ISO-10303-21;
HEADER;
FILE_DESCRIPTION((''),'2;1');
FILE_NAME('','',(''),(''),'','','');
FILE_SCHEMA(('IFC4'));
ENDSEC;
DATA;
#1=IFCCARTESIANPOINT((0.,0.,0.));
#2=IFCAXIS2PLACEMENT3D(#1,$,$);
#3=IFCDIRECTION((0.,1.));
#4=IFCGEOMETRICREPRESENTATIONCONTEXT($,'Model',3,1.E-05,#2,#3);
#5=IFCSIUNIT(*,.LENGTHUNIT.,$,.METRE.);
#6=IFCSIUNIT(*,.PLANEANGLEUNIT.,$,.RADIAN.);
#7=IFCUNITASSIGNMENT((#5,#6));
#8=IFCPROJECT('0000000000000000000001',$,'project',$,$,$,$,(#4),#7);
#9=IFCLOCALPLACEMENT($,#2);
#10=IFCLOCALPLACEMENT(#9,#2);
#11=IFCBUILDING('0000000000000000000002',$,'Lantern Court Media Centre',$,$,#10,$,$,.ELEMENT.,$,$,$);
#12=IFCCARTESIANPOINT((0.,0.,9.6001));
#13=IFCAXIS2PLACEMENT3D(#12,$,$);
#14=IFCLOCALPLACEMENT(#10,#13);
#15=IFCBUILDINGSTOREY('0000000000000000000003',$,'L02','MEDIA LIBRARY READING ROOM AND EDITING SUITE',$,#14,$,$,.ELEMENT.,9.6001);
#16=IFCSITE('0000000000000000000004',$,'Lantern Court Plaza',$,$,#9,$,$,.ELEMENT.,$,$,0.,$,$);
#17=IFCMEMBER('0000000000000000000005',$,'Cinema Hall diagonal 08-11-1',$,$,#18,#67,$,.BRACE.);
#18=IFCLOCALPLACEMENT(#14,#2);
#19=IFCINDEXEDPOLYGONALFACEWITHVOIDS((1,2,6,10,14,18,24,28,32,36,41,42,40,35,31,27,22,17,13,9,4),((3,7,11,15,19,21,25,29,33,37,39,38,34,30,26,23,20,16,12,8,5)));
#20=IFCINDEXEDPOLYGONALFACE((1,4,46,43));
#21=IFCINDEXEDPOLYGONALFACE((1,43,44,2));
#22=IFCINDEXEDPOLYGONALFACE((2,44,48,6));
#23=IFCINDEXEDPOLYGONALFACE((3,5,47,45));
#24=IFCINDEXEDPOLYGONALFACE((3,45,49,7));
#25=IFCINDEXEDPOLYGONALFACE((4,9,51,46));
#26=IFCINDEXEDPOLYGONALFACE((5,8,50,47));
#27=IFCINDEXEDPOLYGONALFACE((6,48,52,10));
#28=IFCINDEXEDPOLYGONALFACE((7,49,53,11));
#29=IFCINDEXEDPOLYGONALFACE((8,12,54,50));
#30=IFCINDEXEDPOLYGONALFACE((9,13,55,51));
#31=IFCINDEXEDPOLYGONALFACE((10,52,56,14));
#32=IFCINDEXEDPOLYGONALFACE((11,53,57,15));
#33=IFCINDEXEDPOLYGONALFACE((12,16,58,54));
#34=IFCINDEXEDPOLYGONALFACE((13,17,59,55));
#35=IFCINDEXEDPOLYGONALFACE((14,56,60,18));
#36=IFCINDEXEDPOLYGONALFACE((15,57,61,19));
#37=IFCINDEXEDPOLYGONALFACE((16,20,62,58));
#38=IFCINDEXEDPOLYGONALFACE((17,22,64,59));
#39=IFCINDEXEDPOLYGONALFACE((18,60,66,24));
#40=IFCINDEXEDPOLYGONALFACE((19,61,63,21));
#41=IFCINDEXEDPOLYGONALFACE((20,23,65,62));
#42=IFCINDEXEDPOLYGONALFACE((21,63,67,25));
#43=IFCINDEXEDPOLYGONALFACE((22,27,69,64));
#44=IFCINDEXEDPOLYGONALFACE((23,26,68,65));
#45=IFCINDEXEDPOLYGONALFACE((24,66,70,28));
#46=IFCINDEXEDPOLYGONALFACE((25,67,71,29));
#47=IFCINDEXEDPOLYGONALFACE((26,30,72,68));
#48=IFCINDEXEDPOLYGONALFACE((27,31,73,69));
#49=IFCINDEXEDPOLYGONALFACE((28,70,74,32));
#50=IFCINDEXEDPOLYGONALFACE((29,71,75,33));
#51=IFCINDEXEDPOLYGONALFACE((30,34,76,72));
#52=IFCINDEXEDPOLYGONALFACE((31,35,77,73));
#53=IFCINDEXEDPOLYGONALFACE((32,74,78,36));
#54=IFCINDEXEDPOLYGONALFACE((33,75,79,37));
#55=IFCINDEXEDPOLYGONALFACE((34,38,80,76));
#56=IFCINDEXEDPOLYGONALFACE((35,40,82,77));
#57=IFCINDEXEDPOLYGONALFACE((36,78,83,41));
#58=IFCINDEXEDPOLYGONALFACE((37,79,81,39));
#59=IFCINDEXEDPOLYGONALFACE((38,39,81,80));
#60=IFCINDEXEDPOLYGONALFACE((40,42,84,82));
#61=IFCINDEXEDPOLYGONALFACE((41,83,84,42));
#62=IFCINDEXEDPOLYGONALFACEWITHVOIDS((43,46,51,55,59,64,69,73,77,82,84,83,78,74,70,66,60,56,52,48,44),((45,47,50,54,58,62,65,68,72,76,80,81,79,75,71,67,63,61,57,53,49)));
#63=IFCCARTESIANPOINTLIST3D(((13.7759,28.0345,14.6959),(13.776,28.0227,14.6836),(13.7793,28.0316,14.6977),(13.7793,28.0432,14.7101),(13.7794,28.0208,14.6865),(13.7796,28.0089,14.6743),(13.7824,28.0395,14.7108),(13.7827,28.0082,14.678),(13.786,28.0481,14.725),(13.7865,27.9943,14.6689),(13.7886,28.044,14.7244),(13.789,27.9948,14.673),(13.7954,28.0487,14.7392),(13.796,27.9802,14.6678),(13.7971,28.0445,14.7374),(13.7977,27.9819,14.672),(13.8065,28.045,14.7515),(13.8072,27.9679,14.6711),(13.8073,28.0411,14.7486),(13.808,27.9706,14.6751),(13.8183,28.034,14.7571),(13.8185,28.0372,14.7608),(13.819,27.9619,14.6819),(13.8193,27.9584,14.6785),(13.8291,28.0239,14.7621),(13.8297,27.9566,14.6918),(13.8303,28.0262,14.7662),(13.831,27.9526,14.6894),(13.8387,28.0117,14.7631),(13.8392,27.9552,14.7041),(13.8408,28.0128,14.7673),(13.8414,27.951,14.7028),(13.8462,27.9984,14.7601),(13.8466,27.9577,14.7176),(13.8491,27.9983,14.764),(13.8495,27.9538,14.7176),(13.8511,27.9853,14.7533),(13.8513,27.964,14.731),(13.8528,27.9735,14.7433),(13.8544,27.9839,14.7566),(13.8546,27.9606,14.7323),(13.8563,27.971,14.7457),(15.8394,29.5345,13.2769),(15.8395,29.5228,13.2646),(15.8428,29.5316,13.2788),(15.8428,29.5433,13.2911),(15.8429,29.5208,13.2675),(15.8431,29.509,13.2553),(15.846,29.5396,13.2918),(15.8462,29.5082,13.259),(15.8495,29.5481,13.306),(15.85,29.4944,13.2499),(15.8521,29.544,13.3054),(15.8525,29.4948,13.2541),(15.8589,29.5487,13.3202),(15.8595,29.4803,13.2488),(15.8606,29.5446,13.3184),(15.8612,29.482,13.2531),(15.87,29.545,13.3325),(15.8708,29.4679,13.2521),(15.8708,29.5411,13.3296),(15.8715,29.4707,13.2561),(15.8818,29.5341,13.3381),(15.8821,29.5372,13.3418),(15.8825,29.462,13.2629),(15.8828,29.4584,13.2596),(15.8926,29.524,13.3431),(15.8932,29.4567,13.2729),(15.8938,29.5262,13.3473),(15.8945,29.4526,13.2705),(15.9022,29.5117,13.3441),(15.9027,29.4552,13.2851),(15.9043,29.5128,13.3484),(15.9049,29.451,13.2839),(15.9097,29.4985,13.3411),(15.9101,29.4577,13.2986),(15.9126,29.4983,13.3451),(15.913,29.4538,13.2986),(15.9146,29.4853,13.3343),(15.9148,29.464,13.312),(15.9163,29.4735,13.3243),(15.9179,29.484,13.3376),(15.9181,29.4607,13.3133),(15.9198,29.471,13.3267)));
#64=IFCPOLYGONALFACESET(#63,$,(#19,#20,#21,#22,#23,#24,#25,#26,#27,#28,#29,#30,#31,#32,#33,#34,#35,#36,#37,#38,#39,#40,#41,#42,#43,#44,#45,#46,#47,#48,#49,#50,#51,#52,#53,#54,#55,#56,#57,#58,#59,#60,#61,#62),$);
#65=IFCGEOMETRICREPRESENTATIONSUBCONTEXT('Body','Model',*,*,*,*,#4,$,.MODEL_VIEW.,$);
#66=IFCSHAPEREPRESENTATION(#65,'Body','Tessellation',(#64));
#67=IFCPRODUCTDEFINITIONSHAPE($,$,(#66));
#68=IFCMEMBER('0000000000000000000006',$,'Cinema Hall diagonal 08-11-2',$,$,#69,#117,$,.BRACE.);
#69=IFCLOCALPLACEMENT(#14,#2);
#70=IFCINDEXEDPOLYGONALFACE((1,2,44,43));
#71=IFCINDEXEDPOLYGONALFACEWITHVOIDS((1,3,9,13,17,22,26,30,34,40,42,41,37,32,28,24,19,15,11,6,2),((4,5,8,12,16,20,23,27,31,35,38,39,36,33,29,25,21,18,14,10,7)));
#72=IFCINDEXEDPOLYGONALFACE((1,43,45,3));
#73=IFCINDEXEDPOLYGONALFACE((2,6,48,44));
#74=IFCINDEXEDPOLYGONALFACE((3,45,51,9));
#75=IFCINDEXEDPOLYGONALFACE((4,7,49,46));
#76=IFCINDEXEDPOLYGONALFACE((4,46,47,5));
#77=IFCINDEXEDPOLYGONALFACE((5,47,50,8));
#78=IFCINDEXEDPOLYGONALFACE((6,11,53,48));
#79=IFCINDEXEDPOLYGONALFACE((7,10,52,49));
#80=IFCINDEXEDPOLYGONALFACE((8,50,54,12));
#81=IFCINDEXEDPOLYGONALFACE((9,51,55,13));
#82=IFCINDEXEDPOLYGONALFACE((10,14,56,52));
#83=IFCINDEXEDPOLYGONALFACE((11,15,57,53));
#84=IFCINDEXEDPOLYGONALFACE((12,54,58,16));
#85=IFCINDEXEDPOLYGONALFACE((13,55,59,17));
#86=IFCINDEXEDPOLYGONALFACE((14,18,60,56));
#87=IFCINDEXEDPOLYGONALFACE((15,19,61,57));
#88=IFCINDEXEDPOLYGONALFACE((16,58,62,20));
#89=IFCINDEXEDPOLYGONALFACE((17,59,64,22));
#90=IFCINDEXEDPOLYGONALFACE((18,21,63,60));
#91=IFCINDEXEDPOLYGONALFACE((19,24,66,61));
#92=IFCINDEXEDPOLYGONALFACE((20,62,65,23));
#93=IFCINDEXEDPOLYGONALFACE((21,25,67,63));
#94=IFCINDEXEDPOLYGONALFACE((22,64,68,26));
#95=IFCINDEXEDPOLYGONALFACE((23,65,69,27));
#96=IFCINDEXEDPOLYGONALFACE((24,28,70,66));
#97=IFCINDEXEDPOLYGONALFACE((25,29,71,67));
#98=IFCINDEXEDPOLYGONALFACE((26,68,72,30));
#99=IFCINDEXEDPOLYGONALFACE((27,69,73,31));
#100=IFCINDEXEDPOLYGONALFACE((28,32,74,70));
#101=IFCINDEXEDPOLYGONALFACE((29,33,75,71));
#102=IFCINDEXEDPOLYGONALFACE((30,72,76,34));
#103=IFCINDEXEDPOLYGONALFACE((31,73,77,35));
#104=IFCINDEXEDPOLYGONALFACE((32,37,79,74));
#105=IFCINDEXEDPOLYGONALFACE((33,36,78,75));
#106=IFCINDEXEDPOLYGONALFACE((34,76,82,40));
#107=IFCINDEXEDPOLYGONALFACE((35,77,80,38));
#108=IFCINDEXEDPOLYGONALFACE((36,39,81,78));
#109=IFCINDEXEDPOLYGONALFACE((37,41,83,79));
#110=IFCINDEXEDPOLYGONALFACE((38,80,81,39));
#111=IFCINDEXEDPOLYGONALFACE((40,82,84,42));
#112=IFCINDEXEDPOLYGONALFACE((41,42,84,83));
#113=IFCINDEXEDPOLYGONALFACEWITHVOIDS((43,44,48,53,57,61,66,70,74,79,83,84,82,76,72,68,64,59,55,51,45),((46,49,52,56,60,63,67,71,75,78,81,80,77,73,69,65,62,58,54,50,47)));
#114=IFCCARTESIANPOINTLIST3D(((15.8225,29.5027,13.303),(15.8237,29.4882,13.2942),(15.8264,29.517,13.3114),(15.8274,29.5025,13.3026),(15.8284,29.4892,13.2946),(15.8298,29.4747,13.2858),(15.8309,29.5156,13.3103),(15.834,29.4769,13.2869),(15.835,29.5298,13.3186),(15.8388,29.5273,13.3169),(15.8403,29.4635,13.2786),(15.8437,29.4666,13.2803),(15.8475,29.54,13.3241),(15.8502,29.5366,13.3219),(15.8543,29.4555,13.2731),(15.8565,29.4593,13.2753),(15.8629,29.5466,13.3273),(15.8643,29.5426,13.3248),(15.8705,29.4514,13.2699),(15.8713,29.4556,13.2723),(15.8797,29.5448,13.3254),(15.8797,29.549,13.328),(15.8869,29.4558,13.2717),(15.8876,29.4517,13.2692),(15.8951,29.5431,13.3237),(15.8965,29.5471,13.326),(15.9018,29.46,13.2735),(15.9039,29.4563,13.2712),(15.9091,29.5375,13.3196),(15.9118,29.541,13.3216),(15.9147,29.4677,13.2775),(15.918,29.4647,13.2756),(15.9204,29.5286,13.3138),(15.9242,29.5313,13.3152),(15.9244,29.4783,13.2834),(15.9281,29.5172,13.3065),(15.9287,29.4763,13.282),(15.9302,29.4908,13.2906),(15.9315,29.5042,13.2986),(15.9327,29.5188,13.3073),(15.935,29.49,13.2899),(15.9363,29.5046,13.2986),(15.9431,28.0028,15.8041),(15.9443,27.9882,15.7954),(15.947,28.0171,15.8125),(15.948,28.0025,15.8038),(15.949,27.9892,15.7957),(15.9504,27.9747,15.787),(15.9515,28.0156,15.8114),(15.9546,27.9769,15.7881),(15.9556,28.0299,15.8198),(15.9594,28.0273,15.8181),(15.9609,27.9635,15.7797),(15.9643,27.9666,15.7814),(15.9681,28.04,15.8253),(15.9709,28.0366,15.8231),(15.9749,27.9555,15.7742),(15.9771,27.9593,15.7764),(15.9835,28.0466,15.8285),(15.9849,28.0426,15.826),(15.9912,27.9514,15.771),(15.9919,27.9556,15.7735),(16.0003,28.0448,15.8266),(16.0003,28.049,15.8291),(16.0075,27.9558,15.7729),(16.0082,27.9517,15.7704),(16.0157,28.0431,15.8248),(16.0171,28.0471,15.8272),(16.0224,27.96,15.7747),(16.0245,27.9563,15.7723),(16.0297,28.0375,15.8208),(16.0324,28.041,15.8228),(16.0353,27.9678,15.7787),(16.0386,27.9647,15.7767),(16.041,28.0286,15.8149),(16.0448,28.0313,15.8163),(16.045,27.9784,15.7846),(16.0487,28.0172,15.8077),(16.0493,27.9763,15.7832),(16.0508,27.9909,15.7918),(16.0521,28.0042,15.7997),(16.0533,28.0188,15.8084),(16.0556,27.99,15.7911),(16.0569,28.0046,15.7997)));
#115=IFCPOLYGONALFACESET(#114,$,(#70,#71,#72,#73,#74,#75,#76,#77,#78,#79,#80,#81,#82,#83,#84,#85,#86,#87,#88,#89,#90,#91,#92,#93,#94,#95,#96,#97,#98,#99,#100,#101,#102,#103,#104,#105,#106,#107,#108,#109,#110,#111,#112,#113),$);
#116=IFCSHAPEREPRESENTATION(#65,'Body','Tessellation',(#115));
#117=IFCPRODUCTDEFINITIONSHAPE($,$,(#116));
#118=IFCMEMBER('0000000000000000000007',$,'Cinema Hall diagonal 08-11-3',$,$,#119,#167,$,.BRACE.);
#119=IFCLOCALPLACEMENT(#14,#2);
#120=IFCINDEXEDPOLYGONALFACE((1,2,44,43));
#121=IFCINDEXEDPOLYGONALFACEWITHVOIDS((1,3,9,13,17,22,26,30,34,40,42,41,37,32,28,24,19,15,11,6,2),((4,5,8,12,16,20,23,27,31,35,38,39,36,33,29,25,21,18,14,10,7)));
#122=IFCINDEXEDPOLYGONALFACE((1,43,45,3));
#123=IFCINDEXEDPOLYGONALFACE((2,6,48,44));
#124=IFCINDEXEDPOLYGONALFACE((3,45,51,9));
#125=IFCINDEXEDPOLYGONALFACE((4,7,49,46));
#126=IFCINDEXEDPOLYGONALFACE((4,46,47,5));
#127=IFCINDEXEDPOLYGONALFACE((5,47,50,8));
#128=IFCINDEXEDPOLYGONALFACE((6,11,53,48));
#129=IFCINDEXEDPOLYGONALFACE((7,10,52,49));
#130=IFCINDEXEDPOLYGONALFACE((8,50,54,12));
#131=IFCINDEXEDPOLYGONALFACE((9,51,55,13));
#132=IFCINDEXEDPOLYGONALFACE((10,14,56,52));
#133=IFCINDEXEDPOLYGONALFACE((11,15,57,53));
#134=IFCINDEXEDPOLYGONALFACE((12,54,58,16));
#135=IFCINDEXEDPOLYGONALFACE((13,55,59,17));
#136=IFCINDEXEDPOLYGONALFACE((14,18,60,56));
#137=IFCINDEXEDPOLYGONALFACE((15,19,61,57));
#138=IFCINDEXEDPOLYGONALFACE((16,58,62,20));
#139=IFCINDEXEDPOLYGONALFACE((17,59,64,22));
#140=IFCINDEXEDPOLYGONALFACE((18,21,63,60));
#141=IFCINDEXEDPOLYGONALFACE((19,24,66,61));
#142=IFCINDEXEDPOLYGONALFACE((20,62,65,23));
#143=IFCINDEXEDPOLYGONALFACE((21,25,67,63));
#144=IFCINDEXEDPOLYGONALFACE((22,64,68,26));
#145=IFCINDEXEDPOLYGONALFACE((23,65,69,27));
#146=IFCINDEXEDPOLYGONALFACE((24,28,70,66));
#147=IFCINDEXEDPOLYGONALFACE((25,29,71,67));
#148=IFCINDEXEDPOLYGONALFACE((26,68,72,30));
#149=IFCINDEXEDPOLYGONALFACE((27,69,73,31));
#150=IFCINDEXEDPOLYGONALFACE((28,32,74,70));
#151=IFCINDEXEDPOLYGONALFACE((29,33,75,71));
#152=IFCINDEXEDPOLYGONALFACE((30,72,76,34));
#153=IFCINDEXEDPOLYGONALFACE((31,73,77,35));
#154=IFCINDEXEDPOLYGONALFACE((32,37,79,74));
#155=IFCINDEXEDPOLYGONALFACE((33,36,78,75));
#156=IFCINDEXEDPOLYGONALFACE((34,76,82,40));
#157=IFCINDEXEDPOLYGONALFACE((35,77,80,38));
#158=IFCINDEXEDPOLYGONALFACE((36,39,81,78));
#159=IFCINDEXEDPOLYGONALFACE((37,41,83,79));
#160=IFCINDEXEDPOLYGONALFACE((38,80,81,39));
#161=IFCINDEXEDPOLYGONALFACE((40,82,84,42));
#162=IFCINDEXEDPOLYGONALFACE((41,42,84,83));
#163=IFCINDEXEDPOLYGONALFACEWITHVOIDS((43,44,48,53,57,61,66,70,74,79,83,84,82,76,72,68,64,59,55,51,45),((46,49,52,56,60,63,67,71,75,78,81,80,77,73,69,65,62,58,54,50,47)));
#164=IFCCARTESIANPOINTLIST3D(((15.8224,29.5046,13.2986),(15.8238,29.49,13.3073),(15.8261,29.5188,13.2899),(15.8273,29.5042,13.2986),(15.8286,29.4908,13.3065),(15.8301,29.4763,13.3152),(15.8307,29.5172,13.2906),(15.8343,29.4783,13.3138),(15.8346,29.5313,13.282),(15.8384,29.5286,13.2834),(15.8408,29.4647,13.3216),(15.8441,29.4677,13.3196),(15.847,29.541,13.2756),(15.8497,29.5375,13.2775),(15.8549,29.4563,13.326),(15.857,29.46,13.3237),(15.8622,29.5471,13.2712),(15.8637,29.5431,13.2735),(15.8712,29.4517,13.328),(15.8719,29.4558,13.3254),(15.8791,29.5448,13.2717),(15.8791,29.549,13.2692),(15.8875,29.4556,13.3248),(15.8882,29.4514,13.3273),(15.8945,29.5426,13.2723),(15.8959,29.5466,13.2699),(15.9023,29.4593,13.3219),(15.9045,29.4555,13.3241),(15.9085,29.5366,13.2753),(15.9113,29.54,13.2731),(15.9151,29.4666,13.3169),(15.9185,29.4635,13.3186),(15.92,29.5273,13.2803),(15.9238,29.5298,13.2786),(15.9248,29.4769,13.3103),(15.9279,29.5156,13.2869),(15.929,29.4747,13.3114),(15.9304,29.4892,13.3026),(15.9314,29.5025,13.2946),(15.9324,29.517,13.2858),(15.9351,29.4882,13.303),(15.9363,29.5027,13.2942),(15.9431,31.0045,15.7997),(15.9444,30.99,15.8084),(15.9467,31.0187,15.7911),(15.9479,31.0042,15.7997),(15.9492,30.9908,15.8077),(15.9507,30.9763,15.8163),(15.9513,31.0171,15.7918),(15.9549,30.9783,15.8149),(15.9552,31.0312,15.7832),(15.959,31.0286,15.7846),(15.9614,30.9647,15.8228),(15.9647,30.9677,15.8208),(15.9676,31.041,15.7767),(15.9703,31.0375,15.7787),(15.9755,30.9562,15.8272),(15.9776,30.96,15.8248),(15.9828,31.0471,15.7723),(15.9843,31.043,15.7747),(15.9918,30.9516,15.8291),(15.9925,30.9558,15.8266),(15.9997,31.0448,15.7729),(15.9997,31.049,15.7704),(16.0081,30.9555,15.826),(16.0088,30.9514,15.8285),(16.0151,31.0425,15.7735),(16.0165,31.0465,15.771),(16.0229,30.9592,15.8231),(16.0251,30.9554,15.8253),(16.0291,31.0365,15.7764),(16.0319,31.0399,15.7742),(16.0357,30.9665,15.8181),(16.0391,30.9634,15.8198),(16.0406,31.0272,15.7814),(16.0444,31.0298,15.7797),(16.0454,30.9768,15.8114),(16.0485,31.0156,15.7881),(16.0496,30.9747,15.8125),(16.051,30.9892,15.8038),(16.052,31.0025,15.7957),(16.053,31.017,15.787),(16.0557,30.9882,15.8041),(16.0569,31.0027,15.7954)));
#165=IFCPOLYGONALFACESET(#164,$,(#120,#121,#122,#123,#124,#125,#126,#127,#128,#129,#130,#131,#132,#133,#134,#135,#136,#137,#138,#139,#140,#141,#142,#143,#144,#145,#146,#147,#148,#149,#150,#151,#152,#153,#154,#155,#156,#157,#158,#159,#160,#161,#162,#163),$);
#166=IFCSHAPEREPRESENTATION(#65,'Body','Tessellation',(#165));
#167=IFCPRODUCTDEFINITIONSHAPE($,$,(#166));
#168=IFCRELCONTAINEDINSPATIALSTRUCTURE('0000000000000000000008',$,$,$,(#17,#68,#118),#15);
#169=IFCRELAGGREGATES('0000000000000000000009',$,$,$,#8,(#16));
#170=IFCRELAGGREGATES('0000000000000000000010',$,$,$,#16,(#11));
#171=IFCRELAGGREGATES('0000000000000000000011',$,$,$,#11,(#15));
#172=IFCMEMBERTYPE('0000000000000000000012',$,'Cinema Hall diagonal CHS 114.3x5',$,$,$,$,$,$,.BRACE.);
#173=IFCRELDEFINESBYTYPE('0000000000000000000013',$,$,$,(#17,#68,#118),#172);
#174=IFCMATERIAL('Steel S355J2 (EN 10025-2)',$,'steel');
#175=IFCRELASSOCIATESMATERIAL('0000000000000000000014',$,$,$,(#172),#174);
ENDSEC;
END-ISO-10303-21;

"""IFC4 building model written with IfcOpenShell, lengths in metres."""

from ifc_helpers import new_model, si_unit, direction, frame, origin, origin_2d, place, context, subcontext, project, spatial, hollow_circle, extrude, material, material_profile, profile_set, type_object, element, save


model = new_model("IFC4")

# Units and contexts
model_context = context("Model", 3, precision=1e-05, world=origin(), true_north=direction((0.0, 1.0)))
body_context = subcontext(model_context, "Body", "Model", "MODEL_VIEW")
ifc_project = project(units=[si_unit("LENGTHUNIT", "METRE"), si_unit("PLANEANGLEUNIT", "RADIAN")], contexts=[model_context])

# Site, building, storey
site_placement = place(None, origin())
site = spatial("IfcSite", under=ifc_project, at=site_placement, Name="Lantern Court Plaza", CompositionType="ELEMENT", RefElevation=0.0)
building_placement = place(site_placement, origin())
building = spatial("IfcBuilding", under=site, at=building_placement, Name="Lantern Court Media Centre", CompositionType="ELEMENT")
storey_placement = place(building_placement, frame((0.0, 0.0, 9.6001)))
storey = spatial("IfcBuildingStorey", under=building, at=storey_placement, Name="L02", Description="MEDIA LIBRARY READING ROOM AND EDITING SUITE", CompositionType="ELEMENT", Elevation=9.6001)

# Members
ifc_material = material(Name="Steel S355J2 (EN 10025-2)", Category="steel")
ifc_material_profile_1 = material_profile(ifc_material, hollow_circle(Radius=0.0571, WallThickness=0.0049, at=origin_2d()), Name="Cinema Hall diagonal CHS 114.3x5")
ifc_profile_set_1 = profile_set([ifc_material_profile_1], Name="Steel S355J2 (EN 10025-2)")
member_type_1 = type_object("IfcMemberType", Name="Cinema Hall diagonal CHS 114.3x5", PredefinedType="BRACE", material=ifc_profile_set_1)
member_1_placement = place(storey_placement, frame((15.8794, 29.5, 13.2986), z_axis=(-0.70688, -0.513851, 0.486084), x_axis=(0.58799, -0.808868, 0.0)))
element("IfcMember", 1, at=member_1_placement, inside=storey, type_object=member_type_1, Name="Cinema Hall diagonal 08-11-1", PredefinedType="BRACE", context=body_context, shape_type="SweptSolid", body=[
    extrude(hollow_circle(Radius=0.0571, WallThickness=0.0049, at=origin_2d()), origin(), (0.0, 0.0, 1.0), 2.9192),
])
for number, where, z_axis, x_axis, name in (
    (2, (15.8794, 29.5, 13.2986), (0.041317, -0.513872, 0.856871), (0.996783, 0.080145, 0.0), "Cinema Hall diagonal 08-11-2"),
    (3, (15.8794, 29.5, 13.2986), (0.041317, 0.513872, 0.856871), (-0.996783, 0.080145, 0.0), "Cinema Hall diagonal 08-11-3"),
):
    element("IfcMember", number, at=place(storey_placement, frame(where, z_axis=z_axis, x_axis=x_axis)), inside=storey, type_object=member_type_1, Name=name, PredefinedType="BRACE", context=body_context, shape_type="SweptSolid", body=[
        extrude(hollow_circle(Radius=0.0571, WallThickness=0.0049, at=origin_2d()), origin(), (0.0, 0.0, 1.0), 2.9189),
    ])

save(model, "model.ifc")
